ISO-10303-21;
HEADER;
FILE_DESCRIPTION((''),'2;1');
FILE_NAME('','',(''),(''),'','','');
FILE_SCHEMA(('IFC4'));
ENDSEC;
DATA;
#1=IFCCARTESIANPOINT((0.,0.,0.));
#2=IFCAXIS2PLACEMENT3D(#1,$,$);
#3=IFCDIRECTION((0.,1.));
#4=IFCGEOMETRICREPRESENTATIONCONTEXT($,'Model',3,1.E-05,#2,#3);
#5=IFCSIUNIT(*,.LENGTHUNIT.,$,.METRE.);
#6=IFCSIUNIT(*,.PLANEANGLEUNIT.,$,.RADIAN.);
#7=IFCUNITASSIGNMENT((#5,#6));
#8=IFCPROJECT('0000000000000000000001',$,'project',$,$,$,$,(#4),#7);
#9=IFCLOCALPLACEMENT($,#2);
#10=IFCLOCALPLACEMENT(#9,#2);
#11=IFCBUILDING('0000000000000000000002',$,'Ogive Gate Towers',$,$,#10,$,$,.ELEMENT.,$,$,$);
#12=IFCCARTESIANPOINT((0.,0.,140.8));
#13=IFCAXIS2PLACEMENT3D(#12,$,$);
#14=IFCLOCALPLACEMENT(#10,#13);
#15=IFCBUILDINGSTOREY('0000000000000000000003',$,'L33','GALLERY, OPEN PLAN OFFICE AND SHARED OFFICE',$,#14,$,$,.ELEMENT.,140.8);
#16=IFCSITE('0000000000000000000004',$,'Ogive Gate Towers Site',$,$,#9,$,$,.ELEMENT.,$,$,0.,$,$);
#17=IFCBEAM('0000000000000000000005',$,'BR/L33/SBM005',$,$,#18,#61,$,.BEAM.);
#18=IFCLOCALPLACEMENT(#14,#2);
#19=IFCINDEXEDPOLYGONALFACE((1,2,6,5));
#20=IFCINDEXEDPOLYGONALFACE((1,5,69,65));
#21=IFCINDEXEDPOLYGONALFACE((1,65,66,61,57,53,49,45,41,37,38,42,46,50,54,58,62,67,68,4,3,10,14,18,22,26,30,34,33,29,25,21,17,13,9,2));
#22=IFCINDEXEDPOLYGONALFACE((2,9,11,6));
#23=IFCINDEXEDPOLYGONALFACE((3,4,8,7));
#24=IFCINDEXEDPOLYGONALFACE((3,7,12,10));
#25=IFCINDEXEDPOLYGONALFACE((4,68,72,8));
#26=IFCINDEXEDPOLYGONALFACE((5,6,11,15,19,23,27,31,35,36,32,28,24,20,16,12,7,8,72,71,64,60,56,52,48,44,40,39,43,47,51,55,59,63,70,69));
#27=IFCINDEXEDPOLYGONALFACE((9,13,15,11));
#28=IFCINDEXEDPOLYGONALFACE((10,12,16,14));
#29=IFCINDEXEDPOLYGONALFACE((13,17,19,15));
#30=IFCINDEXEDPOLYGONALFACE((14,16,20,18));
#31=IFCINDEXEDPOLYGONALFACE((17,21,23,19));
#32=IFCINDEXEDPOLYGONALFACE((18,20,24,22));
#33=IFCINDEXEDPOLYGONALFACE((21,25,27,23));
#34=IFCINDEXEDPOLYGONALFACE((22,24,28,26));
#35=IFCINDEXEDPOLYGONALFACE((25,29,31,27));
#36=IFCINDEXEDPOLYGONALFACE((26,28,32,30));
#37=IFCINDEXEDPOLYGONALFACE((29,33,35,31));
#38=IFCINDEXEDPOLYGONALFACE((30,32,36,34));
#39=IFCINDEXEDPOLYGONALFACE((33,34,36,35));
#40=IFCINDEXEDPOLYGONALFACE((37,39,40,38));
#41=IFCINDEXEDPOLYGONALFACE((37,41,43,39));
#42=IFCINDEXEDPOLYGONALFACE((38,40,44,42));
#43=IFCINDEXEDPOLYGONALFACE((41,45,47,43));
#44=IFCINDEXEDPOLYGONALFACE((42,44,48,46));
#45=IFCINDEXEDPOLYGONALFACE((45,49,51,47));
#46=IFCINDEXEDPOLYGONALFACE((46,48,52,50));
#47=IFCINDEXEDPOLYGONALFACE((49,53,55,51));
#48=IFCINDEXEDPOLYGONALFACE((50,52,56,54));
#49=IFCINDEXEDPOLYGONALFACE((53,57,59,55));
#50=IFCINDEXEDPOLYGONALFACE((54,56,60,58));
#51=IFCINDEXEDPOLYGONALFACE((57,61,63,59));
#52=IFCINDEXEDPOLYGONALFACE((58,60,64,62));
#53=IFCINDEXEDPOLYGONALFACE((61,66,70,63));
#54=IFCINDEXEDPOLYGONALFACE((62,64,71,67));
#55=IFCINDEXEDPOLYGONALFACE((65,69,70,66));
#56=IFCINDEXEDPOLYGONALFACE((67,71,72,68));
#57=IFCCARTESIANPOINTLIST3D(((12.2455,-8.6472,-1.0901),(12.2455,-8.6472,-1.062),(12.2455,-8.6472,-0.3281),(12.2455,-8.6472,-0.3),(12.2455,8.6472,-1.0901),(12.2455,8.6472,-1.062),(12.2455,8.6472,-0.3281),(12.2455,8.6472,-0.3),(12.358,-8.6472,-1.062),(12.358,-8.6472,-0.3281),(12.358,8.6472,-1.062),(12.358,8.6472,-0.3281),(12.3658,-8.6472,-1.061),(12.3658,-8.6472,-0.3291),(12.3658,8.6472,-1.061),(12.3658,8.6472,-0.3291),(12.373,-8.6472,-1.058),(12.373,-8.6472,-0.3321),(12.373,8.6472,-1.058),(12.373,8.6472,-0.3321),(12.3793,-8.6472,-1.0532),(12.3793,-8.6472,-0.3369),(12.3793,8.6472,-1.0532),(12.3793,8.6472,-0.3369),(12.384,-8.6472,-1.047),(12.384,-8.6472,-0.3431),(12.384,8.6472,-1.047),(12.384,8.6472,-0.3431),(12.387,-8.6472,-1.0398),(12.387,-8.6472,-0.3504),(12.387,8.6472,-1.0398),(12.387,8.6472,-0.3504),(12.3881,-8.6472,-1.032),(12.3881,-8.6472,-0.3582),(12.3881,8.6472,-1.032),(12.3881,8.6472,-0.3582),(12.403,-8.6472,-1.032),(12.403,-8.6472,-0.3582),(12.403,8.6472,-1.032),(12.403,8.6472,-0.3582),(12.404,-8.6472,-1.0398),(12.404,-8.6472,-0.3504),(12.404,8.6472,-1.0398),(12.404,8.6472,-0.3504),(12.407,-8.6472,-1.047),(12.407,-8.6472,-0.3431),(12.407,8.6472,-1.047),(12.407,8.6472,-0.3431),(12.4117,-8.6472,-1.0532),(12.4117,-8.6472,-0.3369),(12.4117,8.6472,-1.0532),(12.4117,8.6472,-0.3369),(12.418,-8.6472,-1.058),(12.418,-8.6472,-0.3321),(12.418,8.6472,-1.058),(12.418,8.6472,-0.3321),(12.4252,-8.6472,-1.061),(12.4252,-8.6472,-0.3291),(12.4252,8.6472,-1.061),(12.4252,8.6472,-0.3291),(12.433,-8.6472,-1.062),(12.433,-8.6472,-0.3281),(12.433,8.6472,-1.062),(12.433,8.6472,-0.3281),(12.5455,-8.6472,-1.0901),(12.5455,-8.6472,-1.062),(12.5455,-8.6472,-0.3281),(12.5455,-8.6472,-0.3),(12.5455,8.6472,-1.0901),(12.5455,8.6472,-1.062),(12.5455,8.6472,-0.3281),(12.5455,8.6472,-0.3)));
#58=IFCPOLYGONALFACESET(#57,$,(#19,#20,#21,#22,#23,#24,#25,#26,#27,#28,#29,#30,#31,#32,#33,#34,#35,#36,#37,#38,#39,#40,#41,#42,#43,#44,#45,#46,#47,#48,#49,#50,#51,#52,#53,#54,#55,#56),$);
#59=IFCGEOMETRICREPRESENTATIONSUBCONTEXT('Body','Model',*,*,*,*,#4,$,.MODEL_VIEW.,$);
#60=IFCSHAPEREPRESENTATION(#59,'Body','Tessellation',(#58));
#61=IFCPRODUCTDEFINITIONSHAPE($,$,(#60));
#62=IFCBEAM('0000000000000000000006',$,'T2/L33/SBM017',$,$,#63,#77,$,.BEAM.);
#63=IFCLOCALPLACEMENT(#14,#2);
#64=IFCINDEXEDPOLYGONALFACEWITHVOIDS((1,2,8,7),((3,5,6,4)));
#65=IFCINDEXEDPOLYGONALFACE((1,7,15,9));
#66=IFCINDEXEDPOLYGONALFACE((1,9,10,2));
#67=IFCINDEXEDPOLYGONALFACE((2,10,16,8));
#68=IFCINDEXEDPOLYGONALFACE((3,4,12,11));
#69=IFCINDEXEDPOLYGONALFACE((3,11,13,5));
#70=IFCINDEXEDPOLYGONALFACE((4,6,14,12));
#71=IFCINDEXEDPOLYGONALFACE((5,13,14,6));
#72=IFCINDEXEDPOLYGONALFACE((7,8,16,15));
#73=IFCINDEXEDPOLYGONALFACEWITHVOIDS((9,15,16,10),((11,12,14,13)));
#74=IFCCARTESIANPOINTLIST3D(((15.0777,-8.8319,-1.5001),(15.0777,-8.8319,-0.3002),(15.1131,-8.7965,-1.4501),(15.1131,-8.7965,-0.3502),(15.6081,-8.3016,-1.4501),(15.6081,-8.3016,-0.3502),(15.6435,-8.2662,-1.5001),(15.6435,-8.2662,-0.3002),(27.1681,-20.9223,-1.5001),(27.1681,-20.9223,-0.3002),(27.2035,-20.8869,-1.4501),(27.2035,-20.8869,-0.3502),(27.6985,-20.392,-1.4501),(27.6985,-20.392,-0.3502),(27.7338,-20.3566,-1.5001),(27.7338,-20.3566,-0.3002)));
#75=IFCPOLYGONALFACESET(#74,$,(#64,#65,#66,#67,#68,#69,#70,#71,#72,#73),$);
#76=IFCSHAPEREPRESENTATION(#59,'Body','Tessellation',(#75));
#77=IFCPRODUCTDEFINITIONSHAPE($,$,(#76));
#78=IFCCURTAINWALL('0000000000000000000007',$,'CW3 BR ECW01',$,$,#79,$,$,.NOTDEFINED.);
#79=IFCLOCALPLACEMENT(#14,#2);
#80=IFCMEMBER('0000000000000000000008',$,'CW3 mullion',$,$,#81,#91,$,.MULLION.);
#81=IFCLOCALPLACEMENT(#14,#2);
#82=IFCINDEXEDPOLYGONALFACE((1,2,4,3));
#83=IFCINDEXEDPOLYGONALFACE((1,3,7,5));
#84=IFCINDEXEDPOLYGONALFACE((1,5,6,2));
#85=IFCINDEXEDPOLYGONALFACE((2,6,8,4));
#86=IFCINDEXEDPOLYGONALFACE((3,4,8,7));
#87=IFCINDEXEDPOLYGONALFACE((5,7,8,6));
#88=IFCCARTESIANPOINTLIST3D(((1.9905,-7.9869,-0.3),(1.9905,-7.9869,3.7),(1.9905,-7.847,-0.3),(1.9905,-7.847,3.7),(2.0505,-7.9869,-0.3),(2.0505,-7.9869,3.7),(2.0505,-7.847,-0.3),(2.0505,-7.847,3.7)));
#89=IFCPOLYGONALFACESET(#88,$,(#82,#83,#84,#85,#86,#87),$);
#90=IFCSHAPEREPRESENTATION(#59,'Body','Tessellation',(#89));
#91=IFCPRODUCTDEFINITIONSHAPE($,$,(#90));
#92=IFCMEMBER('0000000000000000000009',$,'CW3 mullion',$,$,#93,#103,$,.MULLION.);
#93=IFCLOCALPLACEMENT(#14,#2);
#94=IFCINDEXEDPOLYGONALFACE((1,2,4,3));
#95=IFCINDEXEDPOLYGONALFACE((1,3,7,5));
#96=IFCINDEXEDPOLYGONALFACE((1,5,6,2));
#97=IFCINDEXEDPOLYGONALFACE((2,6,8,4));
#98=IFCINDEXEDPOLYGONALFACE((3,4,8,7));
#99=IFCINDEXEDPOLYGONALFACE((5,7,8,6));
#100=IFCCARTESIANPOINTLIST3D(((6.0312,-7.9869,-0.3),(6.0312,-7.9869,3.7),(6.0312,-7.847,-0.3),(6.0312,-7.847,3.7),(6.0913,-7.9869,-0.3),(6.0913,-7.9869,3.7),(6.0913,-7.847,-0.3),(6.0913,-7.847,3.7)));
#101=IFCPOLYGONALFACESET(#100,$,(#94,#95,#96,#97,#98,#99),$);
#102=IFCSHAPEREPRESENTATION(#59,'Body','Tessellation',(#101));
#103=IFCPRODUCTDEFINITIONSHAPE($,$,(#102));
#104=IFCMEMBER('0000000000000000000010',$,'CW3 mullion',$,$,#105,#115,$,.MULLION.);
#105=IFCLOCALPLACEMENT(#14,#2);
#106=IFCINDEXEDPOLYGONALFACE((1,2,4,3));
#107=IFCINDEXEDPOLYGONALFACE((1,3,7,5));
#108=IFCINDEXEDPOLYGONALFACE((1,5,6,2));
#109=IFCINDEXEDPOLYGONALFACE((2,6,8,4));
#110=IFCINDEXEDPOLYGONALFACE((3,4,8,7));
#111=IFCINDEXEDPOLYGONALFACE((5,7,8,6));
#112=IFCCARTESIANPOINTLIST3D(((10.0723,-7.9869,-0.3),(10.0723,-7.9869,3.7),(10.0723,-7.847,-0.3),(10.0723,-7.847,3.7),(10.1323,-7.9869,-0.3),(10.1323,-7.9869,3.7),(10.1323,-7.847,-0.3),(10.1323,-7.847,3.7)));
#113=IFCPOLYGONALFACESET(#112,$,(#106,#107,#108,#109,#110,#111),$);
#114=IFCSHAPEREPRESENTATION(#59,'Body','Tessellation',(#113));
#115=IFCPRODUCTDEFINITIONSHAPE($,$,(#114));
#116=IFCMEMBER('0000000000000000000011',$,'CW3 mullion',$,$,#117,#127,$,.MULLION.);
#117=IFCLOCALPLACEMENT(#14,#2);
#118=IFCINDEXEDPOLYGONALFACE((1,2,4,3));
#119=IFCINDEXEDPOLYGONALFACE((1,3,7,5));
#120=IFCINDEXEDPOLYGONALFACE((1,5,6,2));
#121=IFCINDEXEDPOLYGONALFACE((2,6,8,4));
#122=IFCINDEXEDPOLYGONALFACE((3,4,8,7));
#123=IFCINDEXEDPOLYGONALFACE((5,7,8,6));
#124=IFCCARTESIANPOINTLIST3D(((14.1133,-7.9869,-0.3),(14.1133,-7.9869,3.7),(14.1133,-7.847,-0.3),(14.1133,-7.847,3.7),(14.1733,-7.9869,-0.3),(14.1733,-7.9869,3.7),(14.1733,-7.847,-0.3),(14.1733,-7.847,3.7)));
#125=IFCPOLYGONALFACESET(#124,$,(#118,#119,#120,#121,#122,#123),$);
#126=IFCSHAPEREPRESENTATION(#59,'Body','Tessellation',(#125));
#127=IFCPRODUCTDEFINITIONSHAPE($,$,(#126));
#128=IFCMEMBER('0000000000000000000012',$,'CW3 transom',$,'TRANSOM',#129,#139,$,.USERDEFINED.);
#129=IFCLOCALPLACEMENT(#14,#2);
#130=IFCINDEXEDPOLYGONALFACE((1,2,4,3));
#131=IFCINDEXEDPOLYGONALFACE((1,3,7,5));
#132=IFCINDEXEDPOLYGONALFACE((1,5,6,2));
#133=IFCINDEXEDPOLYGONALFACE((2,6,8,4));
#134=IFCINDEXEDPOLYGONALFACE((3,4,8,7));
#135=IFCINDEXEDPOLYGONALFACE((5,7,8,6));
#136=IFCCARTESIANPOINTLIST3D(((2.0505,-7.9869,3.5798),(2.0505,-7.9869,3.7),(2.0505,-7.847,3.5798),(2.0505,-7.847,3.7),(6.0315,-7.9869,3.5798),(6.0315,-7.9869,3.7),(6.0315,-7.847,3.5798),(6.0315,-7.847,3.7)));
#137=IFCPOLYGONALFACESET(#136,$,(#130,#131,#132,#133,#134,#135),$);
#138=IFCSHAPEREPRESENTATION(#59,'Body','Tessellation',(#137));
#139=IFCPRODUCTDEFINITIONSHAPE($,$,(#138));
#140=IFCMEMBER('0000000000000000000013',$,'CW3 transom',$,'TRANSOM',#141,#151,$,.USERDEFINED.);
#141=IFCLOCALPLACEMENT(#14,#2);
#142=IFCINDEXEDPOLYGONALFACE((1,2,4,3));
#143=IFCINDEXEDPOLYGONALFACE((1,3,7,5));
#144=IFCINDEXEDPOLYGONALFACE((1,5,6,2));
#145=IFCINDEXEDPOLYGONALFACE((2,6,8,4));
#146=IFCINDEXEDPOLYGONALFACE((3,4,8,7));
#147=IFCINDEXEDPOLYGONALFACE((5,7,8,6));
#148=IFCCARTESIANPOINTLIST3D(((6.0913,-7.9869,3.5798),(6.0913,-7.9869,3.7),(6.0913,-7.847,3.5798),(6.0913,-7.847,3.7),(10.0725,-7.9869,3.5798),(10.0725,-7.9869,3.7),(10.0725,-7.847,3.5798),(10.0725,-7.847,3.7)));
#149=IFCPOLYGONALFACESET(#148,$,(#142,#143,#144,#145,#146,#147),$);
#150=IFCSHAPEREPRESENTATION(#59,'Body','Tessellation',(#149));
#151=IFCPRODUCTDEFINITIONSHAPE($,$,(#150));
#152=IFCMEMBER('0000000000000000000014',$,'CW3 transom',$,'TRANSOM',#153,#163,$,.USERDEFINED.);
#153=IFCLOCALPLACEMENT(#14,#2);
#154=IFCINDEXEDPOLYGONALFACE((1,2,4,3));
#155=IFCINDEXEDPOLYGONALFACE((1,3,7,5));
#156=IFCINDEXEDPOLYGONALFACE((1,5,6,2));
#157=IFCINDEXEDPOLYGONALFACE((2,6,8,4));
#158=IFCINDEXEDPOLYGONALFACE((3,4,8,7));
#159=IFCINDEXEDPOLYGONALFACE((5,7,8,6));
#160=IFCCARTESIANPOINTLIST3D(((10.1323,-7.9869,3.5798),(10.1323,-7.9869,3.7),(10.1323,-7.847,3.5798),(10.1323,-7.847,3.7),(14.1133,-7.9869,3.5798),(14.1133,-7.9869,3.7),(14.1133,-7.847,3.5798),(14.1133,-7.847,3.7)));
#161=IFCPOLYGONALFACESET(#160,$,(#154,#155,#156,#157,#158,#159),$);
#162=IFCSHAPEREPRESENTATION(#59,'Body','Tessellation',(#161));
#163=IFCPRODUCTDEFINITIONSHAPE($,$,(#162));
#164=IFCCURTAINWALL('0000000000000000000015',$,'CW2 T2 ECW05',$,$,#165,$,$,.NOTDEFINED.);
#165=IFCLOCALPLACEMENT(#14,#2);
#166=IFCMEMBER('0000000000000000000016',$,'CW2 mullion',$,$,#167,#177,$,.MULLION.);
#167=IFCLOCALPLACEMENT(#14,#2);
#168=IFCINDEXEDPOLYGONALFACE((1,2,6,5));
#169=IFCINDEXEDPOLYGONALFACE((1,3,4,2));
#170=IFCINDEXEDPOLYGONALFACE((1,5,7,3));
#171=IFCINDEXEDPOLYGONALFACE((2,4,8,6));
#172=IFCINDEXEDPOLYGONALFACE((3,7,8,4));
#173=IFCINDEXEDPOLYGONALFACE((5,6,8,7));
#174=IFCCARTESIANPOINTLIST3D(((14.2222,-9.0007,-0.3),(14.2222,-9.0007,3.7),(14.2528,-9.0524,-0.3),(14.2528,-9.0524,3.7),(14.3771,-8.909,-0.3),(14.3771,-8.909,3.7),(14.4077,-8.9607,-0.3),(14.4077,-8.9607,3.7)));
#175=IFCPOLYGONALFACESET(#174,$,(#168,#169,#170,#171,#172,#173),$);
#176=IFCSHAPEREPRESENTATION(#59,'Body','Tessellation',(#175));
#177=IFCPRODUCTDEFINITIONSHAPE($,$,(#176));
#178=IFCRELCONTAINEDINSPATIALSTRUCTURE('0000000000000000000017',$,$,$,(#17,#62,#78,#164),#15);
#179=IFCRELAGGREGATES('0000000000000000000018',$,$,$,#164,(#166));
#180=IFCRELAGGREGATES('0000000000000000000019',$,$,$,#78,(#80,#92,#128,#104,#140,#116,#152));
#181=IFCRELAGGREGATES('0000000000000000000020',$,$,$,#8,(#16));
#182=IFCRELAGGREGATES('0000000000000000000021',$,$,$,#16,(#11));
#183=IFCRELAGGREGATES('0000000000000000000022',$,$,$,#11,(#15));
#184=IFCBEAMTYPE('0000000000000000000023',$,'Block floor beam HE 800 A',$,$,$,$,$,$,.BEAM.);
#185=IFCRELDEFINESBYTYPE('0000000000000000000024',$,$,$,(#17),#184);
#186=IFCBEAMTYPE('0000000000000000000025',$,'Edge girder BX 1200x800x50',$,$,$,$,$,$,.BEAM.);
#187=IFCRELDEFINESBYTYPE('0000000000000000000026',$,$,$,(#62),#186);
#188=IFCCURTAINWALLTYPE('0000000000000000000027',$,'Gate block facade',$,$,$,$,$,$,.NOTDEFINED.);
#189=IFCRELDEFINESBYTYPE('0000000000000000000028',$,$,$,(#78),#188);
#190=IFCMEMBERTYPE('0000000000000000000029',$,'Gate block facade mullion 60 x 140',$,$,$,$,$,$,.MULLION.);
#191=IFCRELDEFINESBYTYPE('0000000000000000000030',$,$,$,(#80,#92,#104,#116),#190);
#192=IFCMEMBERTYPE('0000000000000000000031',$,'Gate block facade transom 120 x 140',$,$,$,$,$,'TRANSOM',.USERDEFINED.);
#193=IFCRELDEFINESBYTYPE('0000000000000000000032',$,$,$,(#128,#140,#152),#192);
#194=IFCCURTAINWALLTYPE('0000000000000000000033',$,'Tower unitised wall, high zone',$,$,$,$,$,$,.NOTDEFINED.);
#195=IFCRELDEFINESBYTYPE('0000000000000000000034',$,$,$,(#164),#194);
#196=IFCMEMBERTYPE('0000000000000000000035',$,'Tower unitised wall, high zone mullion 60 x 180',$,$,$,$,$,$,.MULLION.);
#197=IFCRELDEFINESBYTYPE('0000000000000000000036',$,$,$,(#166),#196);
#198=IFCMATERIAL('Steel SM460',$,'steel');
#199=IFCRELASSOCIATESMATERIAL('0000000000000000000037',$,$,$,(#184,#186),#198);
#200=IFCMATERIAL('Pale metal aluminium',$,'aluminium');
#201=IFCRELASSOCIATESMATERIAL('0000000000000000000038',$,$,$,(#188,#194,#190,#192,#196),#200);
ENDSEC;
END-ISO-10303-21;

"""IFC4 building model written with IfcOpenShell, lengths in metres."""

from ifc_helpers import new_model, si_unit, direction, frame, origin, origin_2d, place, context, subcontext, project, spatial, rectangle, hollow_rectangle, i_section, extrude, material, material_profile, profile_set, type_object, element, aggregate, save


model = new_model("IFC4")

# Units and contexts
model_context = context("Model", 3, precision=1e-05, world=origin(), true_north=direction((0.0, 1.0)))
body_context = subcontext(model_context, "Body", "Model", "MODEL_VIEW")
ifc_project = project(units=[si_unit("LENGTHUNIT", "METRE"), si_unit("PLANEANGLEUNIT", "RADIAN")], contexts=[model_context])

# Site, building, storey
site_placement = place(None, origin())
site = spatial("IfcSite", under=ifc_project, at=site_placement, Name="Ogive Gate Towers Site", CompositionType="ELEMENT", RefElevation=0.0)
building_placement = place(site_placement, origin())
building = spatial("IfcBuilding", under=site, at=building_placement, Name="Ogive Gate Towers", CompositionType="ELEMENT")
storey_placement = place(building_placement, frame((0.0, 0.0, 140.8)))
storey = spatial("IfcBuildingStorey", under=building, at=storey_placement, Name="L33", Description="GALLERY, OPEN PLAN OFFICE AND SHARED OFFICE", CompositionType="ELEMENT", Elevation=140.8)

# Shared definitions
ifc_material_1 = material(Name="Steel SM460", Category="steel")

# Beams
ifc_material_profile_1 = material_profile(ifc_material_1, i_section(OverallWidth=0.3, OverallDepth=0.79, WebThickness=0.0149, FlangeThickness=0.0281, FilletRadius=0.03, at=origin_2d()), Name="HE 800 A")
ifc_profile_set_1 = profile_set([ifc_material_profile_1], Name="Steel SM460")
beam_type_1 = type_object("IfcBeamType", Name="Block floor beam HE 800 A", PredefinedType="BEAM", material=ifc_profile_set_1)
for number, where, z_axis, x_axis, name in (
    (1, (12.3955, -8.6472, -0.6951), (0.0, 1.0, 0.0), (-1.0, 0.0, 0.0), "BR/L33/SBM005"),
):
    element("IfcBeam", number, at=place(storey_placement, frame(where, z_axis=z_axis, x_axis=x_axis)), inside=storey, type_object=beam_type_1, Name=name, PredefinedType="BEAM", context=body_context, shape_type="SweptSolid", body=[
        extrude(i_section(OverallWidth=0.3, OverallDepth=0.79, WebThickness=0.0149, FlangeThickness=0.0281, FilletRadius=0.03, at=origin_2d()), origin(), (0.0, 0.0, 1.0), 17.2944),
    ])
ifc_material_profile_2 = material_profile(ifc_material_1, hollow_rectangle(XDim=0.8, YDim=1.2, WallThickness=0.05, at=origin_2d()), Name="BX 1200x800x50")
ifc_profile_set_2 = profile_set([ifc_material_profile_2], Name="Steel SM460")
beam_type_2 = type_object("IfcBeamType", Name="Edge girder BX 1200x800x50", PredefinedType="BEAM", material=ifc_profile_set_2)
beam_placement = place(storey_placement, frame((15.3606, -8.5491, -0.9001), z_axis=(0.707107, -0.707107, 0.0), x_axis=(0.707107, 0.707107, 0.0)))
element("IfcBeam", 2, at=beam_placement, inside=storey, type_object=beam_type_2, Name="T2/L33/SBM017", PredefinedType="BEAM", context=body_context, shape_type="SweptSolid", body=[
    extrude(hollow_rectangle(XDim=0.8, YDim=1.2, WallThickness=0.05, at=origin_2d()), origin(), (0.0, 0.0, 1.0), 17.0984),
])

# Curtain walls, members
ifc_material_2 = material(Name="Pale metal aluminium", Category="aluminium")
curtain_wall_type_1 = type_object("IfcCurtainWallType", Name="Gate block facade", PredefinedType="NOTDEFINED", material=ifc_material_2)
curtain_wall_1_placement = place(storey_placement, origin())
curtain_wall_1 = element("IfcCurtainWall", 3, at=curtain_wall_1_placement, inside=storey, type_object=curtain_wall_type_1, Name="CW3 BR ECW01", PredefinedType="NOTDEFINED")
ifc_material_profile_3 = material_profile(ifc_material_2, rectangle(XDim=0.1399, YDim=0.0601, at=origin_2d()), Name="60 x 140 aluminium box")
ifc_profile_set_3 = profile_set([ifc_material_profile_3], Name="Pale metal aluminium")
member_type_1 = type_object("IfcMemberType", Name="Gate block facade mullion 60 x 140", PredefinedType="MULLION", material=ifc_profile_set_3)
member_1_placement = place(storey_placement, frame((2.0205, -7.917, -0.3), z_axis=(0.0, 0.0, 1.0), x_axis=(0.0, -1.0, 0.0)))
member_1 = element("IfcMember", 4, at=member_1_placement, type_object=member_type_1, Name="CW3 mullion", PredefinedType="MULLION", context=body_context, shape_type="SweptSolid", body=[
    extrude(rectangle(XDim=0.1399, YDim=0.0601, at=origin_2d()), origin(), (0.0, 0.0, 1.0), 4.0),
])
member_2_placement = place(storey_placement, frame((6.0613, -7.917, -0.3), z_axis=(0.0, 0.0, 1.0), x_axis=(0.0, -1.0, 0.0)))
member_2 = element("IfcMember", 5, at=member_2_placement, type_object=member_type_1, Name="CW3 mullion", PredefinedType="MULLION", context=body_context, shape_type="SweptSolid", body=[
    extrude(rectangle(XDim=0.1399, YDim=0.0601, at=origin_2d()), origin(), (0.0, 0.0, 1.0), 4.0),
])
member_3_placement = place(storey_placement, frame((10.1023, -7.917, -0.3), z_axis=(0.0, 0.0, 1.0), x_axis=(0.0, -1.0, 0.0)))
member_3 = element("IfcMember", 6, at=member_3_placement, type_object=member_type_1, Name="CW3 mullion", PredefinedType="MULLION", context=body_context, shape_type="SweptSolid", body=[
    extrude(rectangle(XDim=0.1399, YDim=0.0601, at=origin_2d()), origin(), (0.0, 0.0, 1.0), 4.0),
])
member_4_placement = place(storey_placement, frame((14.1433, -7.917, -0.3), z_axis=(0.0, 0.0, 1.0), x_axis=(0.0, -1.0, 0.0)))
member_4 = element("IfcMember", 7, at=member_4_placement, type_object=member_type_1, Name="CW3 mullion", PredefinedType="MULLION", context=body_context, shape_type="SweptSolid", body=[
    extrude(rectangle(XDim=0.1399, YDim=0.0601, at=origin_2d()), origin(), (0.0, 0.0, 1.0), 4.0),
])
ifc_material_profile_4 = material_profile(ifc_material_2, rectangle(XDim=0.1399, YDim=0.1201, at=origin_2d()), Name="120 x 140 aluminium box")
ifc_profile_set_4 = profile_set([ifc_material_profile_4], Name="Pale metal aluminium")
member_type_2 = type_object("IfcMemberType", Name="Gate block facade transom 120 x 140", ElementType="TRANSOM", PredefinedType="USERDEFINED", material=ifc_profile_set_4)
member_5_placement = place(storey_placement, frame((2.0505, -7.917, 3.6399), z_axis=(1.0, 0.0, 0.0), x_axis=(0.0, 1.0, 0.0)))
member_5 = element("IfcMember", 8, at=member_5_placement, type_object=member_type_2, Name="CW3 transom", ObjectType="TRANSOM", PredefinedType="USERDEFINED", context=body_context, shape_type="SweptSolid", body=[
    extrude(rectangle(XDim=0.1399, YDim=0.1201, at=origin_2d()), origin(), (0.0, 0.0, 1.0), 3.981),
])
member_6_placement = place(storey_placement, frame((6.0913, -7.917, 3.6399), z_axis=(1.0, 0.0, 0.0), x_axis=(0.0, 1.0, 0.0)))
member_6 = element("IfcMember", 9, at=member_6_placement, type_object=member_type_2, Name="CW3 transom", ObjectType="TRANSOM", PredefinedType="USERDEFINED", context=body_context, shape_type="SweptSolid", body=[
    extrude(rectangle(XDim=0.1399, YDim=0.1201, at=origin_2d()), origin(), (0.0, 0.0, 1.0), 3.9812),
])
member_7_placement = place(storey_placement, frame((10.1323, -7.917, 3.6399), z_axis=(1.0, 0.0, 0.0), x_axis=(0.0, 1.0, 0.0)))
member_7 = element("IfcMember", 10, at=member_7_placement, type_object=member_type_2, Name="CW3 transom", ObjectType="TRANSOM", PredefinedType="USERDEFINED", context=body_context, shape_type="SweptSolid", body=[
    extrude(rectangle(XDim=0.1399, YDim=0.1201, at=origin_2d()), origin(), (0.0, 0.0, 1.0), 3.981),
])
curtain_wall_type_2 = type_object("IfcCurtainWallType", Name="Tower unitised wall, high zone", PredefinedType="NOTDEFINED", material=ifc_material_2)
curtain_wall_2_placement = place(storey_placement, origin())
curtain_wall_2 = element("IfcCurtainWall", 11, at=curtain_wall_2_placement, inside=storey, type_object=curtain_wall_type_2, Name="CW2 T2 ECW05", PredefinedType="NOTDEFINED")
ifc_material_profile_5 = material_profile(ifc_material_2, rectangle(XDim=0.1799, YDim=0.0601, at=origin_2d()), Name="60 x 180 aluminium box")
ifc_profile_set_5 = profile_set([ifc_material_profile_5], Name="Pale metal aluminium")
member_type_3 = type_object("IfcMemberType", Name="Tower unitised wall, high zone mullion 60 x 180", PredefinedType="MULLION", material=ifc_profile_set_5)
member_8_placement = place(storey_placement, frame((14.3149, -8.9807, -0.3), z_axis=(0.0, 0.0, 1.0), x_axis=(-0.860547, -0.509372, 0.0)))
member_8 = element("IfcMember", 12, at=member_8_placement, type_object=member_type_3, Name="CW2 mullion", PredefinedType="MULLION", context=body_context, shape_type="SweptSolid", body=[
    extrude(rectangle(XDim=0.1799, YDim=0.0601, at=origin_2d()), origin(), (0.0, 0.0, 1.0), 4.0),
])
aggregate(curtain_wall_2, [member_8])

aggregate(curtain_wall_1, [member_1, member_2, member_5, member_3, member_6, member_4, member_7])

save(model, "model.ifc")
